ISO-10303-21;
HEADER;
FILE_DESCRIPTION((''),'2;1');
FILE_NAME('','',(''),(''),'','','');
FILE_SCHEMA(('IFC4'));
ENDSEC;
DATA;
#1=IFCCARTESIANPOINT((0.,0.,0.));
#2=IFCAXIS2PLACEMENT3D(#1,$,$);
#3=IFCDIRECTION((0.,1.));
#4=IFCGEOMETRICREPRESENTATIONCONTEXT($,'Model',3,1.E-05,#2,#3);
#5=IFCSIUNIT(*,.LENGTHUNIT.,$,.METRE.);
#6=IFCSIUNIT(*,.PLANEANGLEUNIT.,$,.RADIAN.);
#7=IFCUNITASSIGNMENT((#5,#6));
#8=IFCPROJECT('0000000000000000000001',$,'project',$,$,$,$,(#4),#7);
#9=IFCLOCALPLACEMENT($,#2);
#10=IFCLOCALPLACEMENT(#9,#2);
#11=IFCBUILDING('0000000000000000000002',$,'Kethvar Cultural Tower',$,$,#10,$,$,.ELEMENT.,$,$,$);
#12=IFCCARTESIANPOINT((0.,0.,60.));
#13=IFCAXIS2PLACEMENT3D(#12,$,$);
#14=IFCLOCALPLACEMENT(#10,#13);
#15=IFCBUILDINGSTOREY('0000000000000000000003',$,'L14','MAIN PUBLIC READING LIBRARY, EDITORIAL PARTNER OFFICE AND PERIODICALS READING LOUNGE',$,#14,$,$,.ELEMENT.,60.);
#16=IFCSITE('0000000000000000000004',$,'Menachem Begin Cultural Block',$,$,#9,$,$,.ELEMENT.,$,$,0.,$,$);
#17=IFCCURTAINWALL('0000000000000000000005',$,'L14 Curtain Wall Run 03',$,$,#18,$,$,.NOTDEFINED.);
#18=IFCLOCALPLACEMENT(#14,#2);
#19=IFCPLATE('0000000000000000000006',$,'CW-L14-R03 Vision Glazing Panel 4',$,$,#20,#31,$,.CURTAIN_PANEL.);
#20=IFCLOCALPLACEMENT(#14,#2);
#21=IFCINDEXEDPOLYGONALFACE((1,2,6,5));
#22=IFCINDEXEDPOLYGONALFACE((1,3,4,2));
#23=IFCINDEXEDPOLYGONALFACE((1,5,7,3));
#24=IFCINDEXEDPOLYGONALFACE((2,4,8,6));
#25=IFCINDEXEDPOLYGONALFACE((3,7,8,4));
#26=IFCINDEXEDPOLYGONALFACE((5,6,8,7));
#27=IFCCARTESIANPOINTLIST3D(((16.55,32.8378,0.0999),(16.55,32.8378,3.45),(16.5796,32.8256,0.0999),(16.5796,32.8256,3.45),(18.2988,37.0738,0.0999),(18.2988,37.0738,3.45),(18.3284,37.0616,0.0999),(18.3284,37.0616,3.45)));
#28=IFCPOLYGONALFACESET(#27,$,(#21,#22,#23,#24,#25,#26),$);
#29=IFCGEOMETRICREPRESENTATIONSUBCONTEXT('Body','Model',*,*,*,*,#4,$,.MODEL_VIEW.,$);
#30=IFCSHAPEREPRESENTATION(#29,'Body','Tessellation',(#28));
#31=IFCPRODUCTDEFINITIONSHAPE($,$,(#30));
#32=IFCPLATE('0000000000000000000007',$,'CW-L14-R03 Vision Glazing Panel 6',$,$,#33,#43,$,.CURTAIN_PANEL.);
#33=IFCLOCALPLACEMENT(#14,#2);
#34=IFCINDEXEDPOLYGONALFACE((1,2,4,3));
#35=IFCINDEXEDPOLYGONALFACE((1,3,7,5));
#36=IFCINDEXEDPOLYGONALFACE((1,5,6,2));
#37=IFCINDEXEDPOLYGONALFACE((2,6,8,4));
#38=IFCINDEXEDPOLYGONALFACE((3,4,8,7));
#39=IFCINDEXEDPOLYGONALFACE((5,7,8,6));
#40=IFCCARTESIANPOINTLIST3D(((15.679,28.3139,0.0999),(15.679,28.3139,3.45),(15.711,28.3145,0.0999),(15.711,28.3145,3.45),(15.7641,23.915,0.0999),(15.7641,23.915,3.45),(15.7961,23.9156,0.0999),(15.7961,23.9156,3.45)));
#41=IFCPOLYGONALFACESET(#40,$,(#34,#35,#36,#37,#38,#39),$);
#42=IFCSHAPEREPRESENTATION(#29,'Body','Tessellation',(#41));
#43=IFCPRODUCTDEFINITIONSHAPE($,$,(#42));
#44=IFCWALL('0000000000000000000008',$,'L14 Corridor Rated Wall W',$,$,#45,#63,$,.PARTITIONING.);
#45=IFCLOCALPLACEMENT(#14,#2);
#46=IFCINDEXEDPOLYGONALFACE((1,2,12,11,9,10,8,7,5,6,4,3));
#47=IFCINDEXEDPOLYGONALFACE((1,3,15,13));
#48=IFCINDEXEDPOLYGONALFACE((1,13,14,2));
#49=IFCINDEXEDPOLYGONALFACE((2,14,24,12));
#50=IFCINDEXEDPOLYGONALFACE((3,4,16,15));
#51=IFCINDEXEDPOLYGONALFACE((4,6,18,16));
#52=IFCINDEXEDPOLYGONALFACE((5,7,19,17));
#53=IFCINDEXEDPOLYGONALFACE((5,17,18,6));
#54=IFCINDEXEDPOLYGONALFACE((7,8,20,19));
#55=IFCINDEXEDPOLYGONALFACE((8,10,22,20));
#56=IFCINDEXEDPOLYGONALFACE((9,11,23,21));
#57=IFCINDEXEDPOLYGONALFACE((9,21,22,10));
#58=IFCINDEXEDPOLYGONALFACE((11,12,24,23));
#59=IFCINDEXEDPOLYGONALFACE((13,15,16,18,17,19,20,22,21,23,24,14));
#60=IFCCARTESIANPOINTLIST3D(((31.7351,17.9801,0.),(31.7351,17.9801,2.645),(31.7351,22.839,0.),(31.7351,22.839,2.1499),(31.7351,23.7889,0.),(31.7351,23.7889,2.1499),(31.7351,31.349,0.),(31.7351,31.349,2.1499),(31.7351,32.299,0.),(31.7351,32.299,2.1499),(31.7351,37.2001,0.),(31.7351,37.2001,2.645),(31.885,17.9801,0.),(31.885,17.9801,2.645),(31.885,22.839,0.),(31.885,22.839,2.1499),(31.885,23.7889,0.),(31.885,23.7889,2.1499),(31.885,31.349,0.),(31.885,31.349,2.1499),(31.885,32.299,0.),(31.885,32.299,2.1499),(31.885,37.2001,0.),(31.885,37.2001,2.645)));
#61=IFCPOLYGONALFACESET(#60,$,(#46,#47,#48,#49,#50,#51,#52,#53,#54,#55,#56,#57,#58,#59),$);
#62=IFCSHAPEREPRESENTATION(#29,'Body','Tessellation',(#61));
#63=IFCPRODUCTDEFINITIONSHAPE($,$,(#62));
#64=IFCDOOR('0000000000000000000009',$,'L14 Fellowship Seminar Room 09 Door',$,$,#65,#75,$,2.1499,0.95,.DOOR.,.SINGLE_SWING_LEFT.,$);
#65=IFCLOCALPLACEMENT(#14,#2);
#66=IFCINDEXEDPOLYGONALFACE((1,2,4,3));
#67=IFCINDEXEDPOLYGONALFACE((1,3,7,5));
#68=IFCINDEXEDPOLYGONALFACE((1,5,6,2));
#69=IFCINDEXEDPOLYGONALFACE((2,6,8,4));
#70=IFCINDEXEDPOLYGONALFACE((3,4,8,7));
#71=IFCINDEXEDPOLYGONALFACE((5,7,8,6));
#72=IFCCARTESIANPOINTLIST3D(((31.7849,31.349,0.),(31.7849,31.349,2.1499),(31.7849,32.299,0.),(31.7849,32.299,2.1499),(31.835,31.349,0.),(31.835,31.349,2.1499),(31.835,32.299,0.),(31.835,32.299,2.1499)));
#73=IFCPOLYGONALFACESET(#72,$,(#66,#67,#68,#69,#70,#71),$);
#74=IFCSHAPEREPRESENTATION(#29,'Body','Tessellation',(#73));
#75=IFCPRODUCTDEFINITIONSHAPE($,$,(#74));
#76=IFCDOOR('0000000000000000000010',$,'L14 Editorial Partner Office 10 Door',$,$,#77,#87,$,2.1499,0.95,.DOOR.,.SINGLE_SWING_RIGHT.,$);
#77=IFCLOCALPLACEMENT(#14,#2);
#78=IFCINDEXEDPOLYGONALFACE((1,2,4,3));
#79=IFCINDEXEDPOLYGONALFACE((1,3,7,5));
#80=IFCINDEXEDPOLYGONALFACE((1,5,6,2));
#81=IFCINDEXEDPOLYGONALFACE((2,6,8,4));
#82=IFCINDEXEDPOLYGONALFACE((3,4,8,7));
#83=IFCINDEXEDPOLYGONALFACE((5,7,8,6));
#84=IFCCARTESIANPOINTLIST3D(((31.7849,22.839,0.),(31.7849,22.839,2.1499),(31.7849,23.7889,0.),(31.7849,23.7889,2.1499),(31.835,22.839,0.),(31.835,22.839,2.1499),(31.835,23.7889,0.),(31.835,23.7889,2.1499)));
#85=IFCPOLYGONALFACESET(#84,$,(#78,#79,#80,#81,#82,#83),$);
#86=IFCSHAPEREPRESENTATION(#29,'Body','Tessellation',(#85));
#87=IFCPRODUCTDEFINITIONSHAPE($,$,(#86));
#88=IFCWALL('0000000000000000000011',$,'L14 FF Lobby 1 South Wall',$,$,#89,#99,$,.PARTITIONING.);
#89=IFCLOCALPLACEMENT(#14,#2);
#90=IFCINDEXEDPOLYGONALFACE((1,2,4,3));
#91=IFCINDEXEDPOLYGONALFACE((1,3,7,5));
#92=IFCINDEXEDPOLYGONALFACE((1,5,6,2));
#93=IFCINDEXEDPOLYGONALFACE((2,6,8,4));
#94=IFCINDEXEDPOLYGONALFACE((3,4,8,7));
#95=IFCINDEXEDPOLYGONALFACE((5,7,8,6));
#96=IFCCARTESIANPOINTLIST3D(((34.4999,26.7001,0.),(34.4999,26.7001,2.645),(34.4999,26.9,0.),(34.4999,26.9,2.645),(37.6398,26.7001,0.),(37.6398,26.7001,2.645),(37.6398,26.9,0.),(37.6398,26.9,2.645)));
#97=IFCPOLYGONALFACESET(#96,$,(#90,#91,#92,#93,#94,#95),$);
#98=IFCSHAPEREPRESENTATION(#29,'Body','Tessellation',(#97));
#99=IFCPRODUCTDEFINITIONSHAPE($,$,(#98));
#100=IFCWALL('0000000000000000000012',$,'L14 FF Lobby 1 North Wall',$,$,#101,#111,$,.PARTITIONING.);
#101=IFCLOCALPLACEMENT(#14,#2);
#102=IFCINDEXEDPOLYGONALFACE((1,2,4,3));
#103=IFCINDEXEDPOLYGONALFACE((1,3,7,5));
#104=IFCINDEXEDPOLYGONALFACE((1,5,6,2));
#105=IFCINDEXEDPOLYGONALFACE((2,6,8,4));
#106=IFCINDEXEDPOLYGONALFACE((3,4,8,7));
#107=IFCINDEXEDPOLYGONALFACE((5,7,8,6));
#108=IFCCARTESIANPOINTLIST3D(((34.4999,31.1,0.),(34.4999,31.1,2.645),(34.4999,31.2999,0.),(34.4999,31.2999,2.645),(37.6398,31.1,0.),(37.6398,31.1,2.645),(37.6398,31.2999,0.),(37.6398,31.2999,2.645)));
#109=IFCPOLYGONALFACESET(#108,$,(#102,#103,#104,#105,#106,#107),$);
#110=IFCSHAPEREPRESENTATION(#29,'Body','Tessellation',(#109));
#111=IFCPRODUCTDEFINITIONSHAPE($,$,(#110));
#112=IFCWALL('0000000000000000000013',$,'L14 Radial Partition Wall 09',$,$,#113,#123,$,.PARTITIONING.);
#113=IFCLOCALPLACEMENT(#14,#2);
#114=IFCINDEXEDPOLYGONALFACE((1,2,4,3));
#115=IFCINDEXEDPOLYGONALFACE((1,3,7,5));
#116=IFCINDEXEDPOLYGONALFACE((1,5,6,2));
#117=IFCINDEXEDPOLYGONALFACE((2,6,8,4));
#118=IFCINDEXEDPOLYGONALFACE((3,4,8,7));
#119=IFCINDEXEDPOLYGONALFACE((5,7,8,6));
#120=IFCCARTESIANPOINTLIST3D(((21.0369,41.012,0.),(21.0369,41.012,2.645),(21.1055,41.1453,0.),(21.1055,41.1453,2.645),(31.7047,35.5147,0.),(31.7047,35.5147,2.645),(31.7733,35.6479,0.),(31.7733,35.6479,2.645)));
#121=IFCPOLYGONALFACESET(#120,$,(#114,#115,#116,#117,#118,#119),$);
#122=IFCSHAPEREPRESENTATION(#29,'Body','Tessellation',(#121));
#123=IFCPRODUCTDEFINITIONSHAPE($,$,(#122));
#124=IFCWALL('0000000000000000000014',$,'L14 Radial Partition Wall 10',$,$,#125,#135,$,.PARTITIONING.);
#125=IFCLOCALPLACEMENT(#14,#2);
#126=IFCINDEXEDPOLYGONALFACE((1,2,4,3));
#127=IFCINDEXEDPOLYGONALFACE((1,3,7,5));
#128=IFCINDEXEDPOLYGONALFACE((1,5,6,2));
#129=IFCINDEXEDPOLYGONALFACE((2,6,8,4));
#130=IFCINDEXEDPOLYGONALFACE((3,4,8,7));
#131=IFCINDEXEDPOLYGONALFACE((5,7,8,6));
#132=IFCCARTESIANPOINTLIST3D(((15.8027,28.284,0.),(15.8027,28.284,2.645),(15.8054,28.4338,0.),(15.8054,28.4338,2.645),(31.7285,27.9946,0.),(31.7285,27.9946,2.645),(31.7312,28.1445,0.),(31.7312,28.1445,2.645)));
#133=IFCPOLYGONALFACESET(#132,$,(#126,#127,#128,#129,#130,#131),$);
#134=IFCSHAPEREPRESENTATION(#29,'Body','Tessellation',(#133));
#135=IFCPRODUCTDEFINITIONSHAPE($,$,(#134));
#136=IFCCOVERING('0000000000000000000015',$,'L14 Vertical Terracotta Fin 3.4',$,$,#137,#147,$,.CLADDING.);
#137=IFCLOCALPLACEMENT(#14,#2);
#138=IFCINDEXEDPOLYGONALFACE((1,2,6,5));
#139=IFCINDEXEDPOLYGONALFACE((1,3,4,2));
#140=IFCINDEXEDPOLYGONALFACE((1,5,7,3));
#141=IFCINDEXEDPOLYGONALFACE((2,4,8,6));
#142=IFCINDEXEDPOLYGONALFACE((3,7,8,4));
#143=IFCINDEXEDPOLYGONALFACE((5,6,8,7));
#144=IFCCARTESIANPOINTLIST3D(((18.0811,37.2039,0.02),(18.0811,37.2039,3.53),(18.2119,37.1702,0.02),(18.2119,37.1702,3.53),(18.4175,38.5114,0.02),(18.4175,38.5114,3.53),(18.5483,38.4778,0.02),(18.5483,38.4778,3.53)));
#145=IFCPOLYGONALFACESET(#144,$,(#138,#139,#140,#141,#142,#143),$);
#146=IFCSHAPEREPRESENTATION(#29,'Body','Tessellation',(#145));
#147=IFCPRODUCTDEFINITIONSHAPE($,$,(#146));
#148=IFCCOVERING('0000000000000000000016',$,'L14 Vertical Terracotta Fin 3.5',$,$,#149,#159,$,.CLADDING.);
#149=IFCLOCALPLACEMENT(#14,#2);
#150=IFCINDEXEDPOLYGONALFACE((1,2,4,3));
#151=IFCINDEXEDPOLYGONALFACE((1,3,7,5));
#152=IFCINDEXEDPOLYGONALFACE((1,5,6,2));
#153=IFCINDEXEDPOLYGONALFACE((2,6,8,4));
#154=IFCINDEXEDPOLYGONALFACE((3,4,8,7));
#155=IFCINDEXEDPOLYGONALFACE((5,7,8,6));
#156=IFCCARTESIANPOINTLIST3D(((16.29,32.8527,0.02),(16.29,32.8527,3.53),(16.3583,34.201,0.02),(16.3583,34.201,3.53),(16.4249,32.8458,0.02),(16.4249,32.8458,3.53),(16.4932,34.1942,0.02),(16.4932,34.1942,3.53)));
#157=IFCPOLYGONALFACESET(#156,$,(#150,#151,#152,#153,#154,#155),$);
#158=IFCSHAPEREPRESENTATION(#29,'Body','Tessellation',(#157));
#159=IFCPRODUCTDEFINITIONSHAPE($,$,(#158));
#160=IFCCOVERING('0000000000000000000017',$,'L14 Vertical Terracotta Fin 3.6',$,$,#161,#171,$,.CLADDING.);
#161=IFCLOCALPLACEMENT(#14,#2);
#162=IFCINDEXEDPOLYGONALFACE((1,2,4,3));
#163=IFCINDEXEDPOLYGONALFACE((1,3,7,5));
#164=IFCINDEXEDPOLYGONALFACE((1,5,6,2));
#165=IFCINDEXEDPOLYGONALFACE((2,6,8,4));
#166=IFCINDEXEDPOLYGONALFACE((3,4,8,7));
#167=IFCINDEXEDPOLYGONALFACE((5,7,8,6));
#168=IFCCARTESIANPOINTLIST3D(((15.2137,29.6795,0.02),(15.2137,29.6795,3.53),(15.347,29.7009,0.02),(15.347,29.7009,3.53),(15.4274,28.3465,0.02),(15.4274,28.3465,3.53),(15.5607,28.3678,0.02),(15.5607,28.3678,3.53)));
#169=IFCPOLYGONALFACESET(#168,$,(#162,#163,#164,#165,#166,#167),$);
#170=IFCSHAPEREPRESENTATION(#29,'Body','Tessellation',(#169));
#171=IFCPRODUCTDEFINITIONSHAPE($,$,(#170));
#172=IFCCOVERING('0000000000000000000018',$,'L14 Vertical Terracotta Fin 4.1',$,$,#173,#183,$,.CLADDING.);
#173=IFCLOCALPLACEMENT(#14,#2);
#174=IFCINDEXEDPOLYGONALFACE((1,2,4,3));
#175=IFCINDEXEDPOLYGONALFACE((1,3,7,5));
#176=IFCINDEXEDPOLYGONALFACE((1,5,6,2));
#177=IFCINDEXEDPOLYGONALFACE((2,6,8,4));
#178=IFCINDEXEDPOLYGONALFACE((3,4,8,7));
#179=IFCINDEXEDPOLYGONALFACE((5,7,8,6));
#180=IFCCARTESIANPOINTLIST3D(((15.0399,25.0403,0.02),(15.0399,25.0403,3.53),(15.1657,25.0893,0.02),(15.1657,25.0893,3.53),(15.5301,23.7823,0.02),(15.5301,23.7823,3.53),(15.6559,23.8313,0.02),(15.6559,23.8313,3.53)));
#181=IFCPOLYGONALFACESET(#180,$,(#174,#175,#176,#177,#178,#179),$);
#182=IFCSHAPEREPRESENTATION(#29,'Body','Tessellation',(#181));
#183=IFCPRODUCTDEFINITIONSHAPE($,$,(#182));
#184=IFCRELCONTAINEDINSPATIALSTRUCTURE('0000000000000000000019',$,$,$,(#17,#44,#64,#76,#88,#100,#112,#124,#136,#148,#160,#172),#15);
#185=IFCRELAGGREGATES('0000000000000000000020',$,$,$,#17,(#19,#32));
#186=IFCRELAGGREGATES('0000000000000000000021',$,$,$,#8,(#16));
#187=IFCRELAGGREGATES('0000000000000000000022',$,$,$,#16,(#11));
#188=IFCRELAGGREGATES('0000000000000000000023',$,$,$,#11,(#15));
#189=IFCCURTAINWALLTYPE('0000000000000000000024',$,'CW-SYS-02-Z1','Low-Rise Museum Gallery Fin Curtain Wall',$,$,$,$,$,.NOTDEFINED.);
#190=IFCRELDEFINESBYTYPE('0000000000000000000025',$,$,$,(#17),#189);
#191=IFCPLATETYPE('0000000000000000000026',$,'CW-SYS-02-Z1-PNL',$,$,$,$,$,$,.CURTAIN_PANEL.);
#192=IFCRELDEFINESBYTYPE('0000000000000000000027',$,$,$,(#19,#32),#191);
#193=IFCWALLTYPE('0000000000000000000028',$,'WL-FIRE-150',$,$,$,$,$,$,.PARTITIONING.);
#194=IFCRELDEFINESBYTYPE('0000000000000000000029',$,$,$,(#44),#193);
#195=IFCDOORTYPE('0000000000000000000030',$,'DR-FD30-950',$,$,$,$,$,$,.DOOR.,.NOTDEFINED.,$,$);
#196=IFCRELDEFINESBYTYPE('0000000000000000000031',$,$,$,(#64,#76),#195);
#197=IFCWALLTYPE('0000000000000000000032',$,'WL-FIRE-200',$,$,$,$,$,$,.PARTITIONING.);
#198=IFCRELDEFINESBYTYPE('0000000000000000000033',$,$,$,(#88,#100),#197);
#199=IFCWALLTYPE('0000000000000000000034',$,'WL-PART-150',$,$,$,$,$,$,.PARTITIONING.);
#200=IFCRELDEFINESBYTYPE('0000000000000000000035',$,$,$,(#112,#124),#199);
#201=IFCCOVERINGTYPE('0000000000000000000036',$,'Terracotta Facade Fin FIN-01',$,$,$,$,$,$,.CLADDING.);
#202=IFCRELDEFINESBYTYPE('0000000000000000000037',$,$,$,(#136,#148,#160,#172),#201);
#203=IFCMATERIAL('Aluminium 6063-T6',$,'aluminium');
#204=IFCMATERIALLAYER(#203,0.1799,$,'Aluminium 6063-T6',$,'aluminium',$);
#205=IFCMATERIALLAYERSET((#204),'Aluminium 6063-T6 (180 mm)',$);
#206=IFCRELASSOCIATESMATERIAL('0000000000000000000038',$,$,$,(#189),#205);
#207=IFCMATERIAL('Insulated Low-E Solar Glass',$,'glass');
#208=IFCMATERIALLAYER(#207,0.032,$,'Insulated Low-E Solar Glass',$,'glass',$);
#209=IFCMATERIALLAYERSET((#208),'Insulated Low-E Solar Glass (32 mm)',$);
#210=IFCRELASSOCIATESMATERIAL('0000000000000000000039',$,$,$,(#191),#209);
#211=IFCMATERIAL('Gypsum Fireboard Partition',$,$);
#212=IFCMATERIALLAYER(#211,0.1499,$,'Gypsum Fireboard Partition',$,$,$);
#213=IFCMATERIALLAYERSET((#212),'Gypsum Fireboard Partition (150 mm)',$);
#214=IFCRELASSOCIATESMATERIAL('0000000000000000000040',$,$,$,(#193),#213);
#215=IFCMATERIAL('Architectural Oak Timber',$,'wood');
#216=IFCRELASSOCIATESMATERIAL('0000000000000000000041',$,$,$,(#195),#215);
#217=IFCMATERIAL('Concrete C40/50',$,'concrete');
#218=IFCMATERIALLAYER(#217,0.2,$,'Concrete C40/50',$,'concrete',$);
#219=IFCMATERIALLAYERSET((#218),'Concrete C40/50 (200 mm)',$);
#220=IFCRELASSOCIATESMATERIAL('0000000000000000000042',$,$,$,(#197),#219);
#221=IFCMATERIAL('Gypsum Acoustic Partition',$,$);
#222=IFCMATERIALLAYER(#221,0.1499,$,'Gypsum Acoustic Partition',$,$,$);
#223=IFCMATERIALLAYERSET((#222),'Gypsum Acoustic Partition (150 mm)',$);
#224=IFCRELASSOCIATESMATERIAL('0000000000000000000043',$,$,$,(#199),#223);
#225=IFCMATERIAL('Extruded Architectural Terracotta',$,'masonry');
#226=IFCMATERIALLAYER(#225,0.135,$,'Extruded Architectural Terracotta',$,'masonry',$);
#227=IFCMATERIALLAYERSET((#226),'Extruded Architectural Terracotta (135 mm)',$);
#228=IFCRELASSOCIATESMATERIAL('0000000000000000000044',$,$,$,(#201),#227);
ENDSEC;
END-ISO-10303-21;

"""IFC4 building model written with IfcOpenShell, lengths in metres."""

from ifc_helpers import new_model, si_unit, direction, frame, frame_2d, origin, origin_2d, place, context, subcontext, project, spatial, rectangle, extrude, source, transform, mapped, material, layer, layer_set, type_object, element, fill, aggregate, save


model = new_model("IFC4")

# Units and contexts
model_context = context("Model", 3, precision=1e-05, world=origin(), true_north=direction((0.0, 1.0)))
body_context = subcontext(model_context, "Body", "Model", "MODEL_VIEW")
ifc_project = project(units=[si_unit("LENGTHUNIT", "METRE"), si_unit("PLANEANGLEUNIT", "RADIAN")], contexts=[model_context])

# Site, building, storey
site_placement = place(None, origin())
site = spatial("IfcSite", under=ifc_project, at=site_placement, Name="Menachem Begin Cultural Block", CompositionType="ELEMENT", RefElevation=0.0)
building_placement = place(site_placement, origin())
building = spatial("IfcBuilding", under=site, at=building_placement, Name="Kethvar Cultural Tower", CompositionType="ELEMENT")
storey_placement = place(building_placement, frame((0.0, 0.0, 60.0)))
storey = spatial("IfcBuildingStorey", under=building, at=storey_placement, Name="L14", Description="MAIN PUBLIC READING LIBRARY, EDITORIAL PARTNER OFFICE AND PERIODICALS READING LOUNGE", CompositionType="ELEMENT", Elevation=60.0)

# Curtain wall, plates
ifc_material_1 = material(Name="Aluminium 6063-T6", Category="aluminium")
ifc_layer_1 = layer(ifc_material_1, 0.1799, Name="Aluminium 6063-T6", Category="aluminium")
ifc_layer_set_1 = layer_set([ifc_layer_1], Name="Aluminium 6063-T6 (180 mm)")
curtain_wall_type = type_object("IfcCurtainWallType", Name="CW-SYS-02-Z1", Description="Low-Rise Museum Gallery Fin Curtain Wall", PredefinedType="NOTDEFINED", material=ifc_layer_set_1)
curtain_wall_placement = place(storey_placement, origin())
curtain_wall = element("IfcCurtainWall", 1, at=curtain_wall_placement, inside=storey, type_object=curtain_wall_type, Name="L14 Curtain Wall Run 03", PredefinedType="NOTDEFINED")
ifc_material_2 = material(Name="Insulated Low-E Solar Glass", Category="glass")
ifc_layer_2 = layer(ifc_material_2, 0.032, Name="Insulated Low-E Solar Glass", Category="glass")
ifc_layer_set_2 = layer_set([ifc_layer_2], Name="Insulated Low-E Solar Glass (32 mm)")
plate_type = type_object("IfcPlateType", Name="CW-SYS-02-Z1-PNL", PredefinedType="CURTAIN_PANEL", material=ifc_layer_set_2)
shared_shape_1 = source(origin(), body_context, "Body", "SweptSolid", [
    extrude(rectangle(XDim=4.5828, YDim=0.032, at=origin_2d()), origin(), (0.0, 0.0, 1.0), 3.3501),
])
plate_1_placement = place(storey_placement, frame((17.4392, 34.9497, 0.0999), z_axis=(0.0, 0.0, 1.0), x_axis=(-0.381603, -0.924326, 0.0)))
plate_1 = element("IfcPlate", 2, at=plate_1_placement, type_object=plate_type, Name="CW-L14-R03 Vision Glazing Panel 4", PredefinedType="CURTAIN_PANEL", context=body_context, shape_type="MappedRepresentation", body=[
    mapped(shared_shape_1, transform((0.0, 0.0, 0.0), scale=1.0)),
])
shared_shape_2 = source(origin(), body_context, "Body", "SweptSolid", [
    extrude(rectangle(XDim=4.3997, YDim=0.032, at=origin_2d()), origin(), (0.0, 0.0, 1.0), 3.3501),
])
plate_2_placement = place(storey_placement, frame((15.7375, 26.1147, 0.0999), z_axis=(0.0, 0.0, 1.0), x_axis=(0.019337, -0.999813, 0.0)))
plate_2 = element("IfcPlate", 3, at=plate_2_placement, type_object=plate_type, Name="CW-L14-R03 Vision Glazing Panel 6", PredefinedType="CURTAIN_PANEL", context=body_context, shape_type="MappedRepresentation", body=[
    mapped(shared_shape_2, transform((0.0, 0.0, 0.0), scale=1.0)),
])
aggregate(curtain_wall, [plate_1, plate_2])

# Wall, openings, doors
ifc_material_3 = material(Name="Gypsum Fireboard Partition")
ifc_layer_3 = layer(ifc_material_3, 0.1499, Name="Gypsum Fireboard Partition")
ifc_layer_set_3 = layer_set([ifc_layer_3], Name="Gypsum Fireboard Partition (150 mm)")
wall_type_1 = type_object("IfcWallType", Name="WL-FIRE-150", PredefinedType="PARTITIONING", material=ifc_layer_set_3)
wall_1_placement = place(storey_placement, frame((31.8101, 37.2, 0.0), z_axis=(0.0, 0.0, 1.0), x_axis=(0.0, -1.0, 0.0)))
wall_1 = element("IfcWall", 4, at=wall_1_placement, inside=storey, type_object=wall_type_1, Name="L14 Corridor Rated Wall W", PredefinedType="PARTITIONING", context=body_context, shape_type="SweptSolid", body=[
    extrude(rectangle(XDim=19.22, YDim=0.1499, at=frame_2d((9.6099, 0.0))), origin(), (0.0, 0.0, 1.0), 2.645),
])
opening_1_placement = place(wall_1_placement, frame((4.9009, 0.0, 0.0)))
opening_1 = element("IfcOpeningElement", 5, at=opening_1_placement, cuts=wall_1, PredefinedType="OPENING", context=body_context, shape_type="SweptSolid", body=[
    extrude(rectangle(XDim=0.95, YDim=2.1499, at=frame_2d((0.4751, 1.075))), frame((0.0, 0.085, 0.0), z_axis=(0.0, -1.0, 0.0), x_axis=(1.0, 0.0, 0.0)), (0.0, 0.0, 1.0), 0.1699),
])
opening_2_placement = place(wall_1_placement, frame((13.4109, 0.0, 0.0)))
opening_2 = element("IfcOpeningElement", 6, at=opening_2_placement, cuts=wall_1, PredefinedType="OPENING", context=body_context, shape_type="SweptSolid", body=[
    extrude(rectangle(XDim=0.95, YDim=2.1499, at=frame_2d((0.4751, 1.075))), frame((0.0, 0.085, 0.0), z_axis=(0.0, -1.0, 0.0), x_axis=(1.0, 0.0, 0.0)), (0.0, 0.0, 1.0), 0.1699),
])
ifc_material_4 = material(Name="Architectural Oak Timber", Category="wood")
door_type_1 = type_object("IfcDoorType", Name="DR-FD30-950", OperationType="NOTDEFINED", PredefinedType="DOOR", material=ifc_material_4)
shared_shape_3 = source(origin(), body_context, "Body", "SweptSolid", [
    extrude(rectangle(XDim=0.95, YDim=2.1499, at=frame_2d((0.4751, 1.075))), frame((0.0, 0.0249, 0.0), z_axis=(0.0, -1.0, 0.0), x_axis=(1.0, 0.0, 0.0)), (0.0, 0.0, 1.0), 0.05),
])
door_1_placement = place(opening_1_placement, origin())
door_1 = element("IfcDoor", 7, at=door_1_placement, inside=storey, type_object=door_type_1, Name="L14 Fellowship Seminar Room 09 Door", OperationType="SINGLE_SWING_LEFT", OverallHeight=2.1499, OverallWidth=0.95, PredefinedType="DOOR", context=body_context, shape_type="MappedRepresentation", body=[
    mapped(shared_shape_3, transform((0.0, 0.0, 0.0), scale=1.0)),
])
fill(opening_1, door_1)
door_2_placement = place(opening_2_placement, origin())
door_2 = element("IfcDoor", 8, at=door_2_placement, inside=storey, type_object=door_type_1, Name="L14 Editorial Partner Office 10 Door", OperationType="SINGLE_SWING_RIGHT", OverallHeight=2.1499, OverallWidth=0.95, PredefinedType="DOOR", context=body_context, shape_type="MappedRepresentation", body=[
    mapped(shared_shape_3, transform((0.0, 0.0, 0.0), scale=1.0)),
])
fill(opening_2, door_2)

# Shared definitions
ifc_material_5 = material(Name="Concrete C40/50", Category="concrete")
ifc_layer_4 = layer(ifc_material_5, 0.2, Name="Concrete C40/50", Category="concrete")
ifc_layer_set_4 = layer_set([ifc_layer_4], Name="Concrete C40/50 (200 mm)")
wall_type_2 = type_object("IfcWallType", Name="WL-FIRE-200", PredefinedType="PARTITIONING", material=ifc_layer_set_4)

# Walls
for number, where, z_axis, x_axis, name in (
    (9, (34.5, 26.8, 0.0), (0.0, 0.0, 1.0), (1.0, 0.0, 0.0), "L14 FF Lobby 1 South Wall"),
    (10, (34.5, 31.2, 0.0), (0.0, 0.0, 1.0), (1.0, 0.0, 0.0), "L14 FF Lobby 1 North Wall"),
):
    element("IfcWall", number, at=place(storey_placement, frame(where, z_axis=z_axis, x_axis=x_axis)), inside=storey, type_object=wall_type_2, Name=name, PredefinedType="PARTITIONING", context=body_context, shape_type="SweptSolid", body=[
        extrude(rectangle(XDim=3.1399, YDim=0.2, at=frame_2d((1.5698, 0.0))), origin(), (0.0, 0.0, 1.0), 2.645),
    ])
ifc_material_6 = material(Name="Gypsum Acoustic Partition")
ifc_layer_5 = layer(ifc_material_6, 0.1499, Name="Gypsum Acoustic Partition")
ifc_layer_set_5 = layer_set([ifc_layer_5], Name="Gypsum Acoustic Partition (150 mm)")
wall_type_3 = type_object("IfcWallType", Name="WL-PART-150", PredefinedType="PARTITIONING", material=ifc_layer_set_5)
wall_2_placement = place(storey_placement, frame((31.739, 35.5813, 0.0), z_axis=(0.0, 0.0, 1.0), x_axis=(-0.888913, 0.458076, 0.0)))
element("IfcWall", 11, at=wall_2_placement, inside=storey, type_object=wall_type_3, Name="L14 Radial Partition Wall 09", PredefinedType="PARTITIONING", context=body_context, shape_type="SweptSolid", body=[
    extrude(rectangle(XDim=12.001, YDim=0.1499, at=frame_2d((6.0005, 0.0))), origin(), (0.0, 0.0, 1.0), 2.645),
])
wall_3_placement = place(storey_placement, frame((31.73, 28.0696, 0.0), z_axis=(0.0, 0.0, 1.0), x_axis=(-0.999835, 0.018163, 0.0)))
element("IfcWall", 12, at=wall_3_placement, inside=storey, type_object=wall_type_3, Name="L14 Radial Partition Wall 10", PredefinedType="PARTITIONING", context=body_context, shape_type="SweptSolid", body=[
    extrude(rectangle(XDim=15.9285, YDim=0.1499, at=frame_2d((7.9644, 0.0))), origin(), (0.0, 0.0, 1.0), 2.645),
])

# Coverings
ifc_material_7 = material(Name="Extruded Architectural Terracotta", Category="masonry")
ifc_layer_6 = layer(ifc_material_7, 0.135, Name="Extruded Architectural Terracotta", Category="masonry")
ifc_layer_set_6 = layer_set([ifc_layer_6], Name="Extruded Architectural Terracotta (135 mm)")
covering_type = type_object("IfcCoveringType", Name="Terracotta Facade Fin FIN-01", PredefinedType="CLADDING", material=ifc_layer_set_6)
shared_shape_4 = source(origin(), body_context, "Body", "SweptSolid", [
    extrude(rectangle(XDim=1.3501, YDim=0.135, at=origin_2d()), origin(), (0.0, 0.0, 1.0), 3.51),
])
for number, where, z_axis, x_axis, name in (
    (13, (18.3147, 37.8408, 0.02), (0.0, 0.0, 1.0), (0.249197, 0.968453, 0.0), "L14 Vertical Terracotta Fin 3.4"),
    (14, (16.3916, 33.5234, 0.02), (0.0, 0.0, 1.0), (0.050593, 0.998719, 0.0), "L14 Vertical Terracotta Fin 3.5"),
    (15, (15.3872, 29.0237, 0.02), (0.0, 0.0, 1.0), (-0.15833, 0.987386, 0.0), "L14 Vertical Terracotta Fin 3.6"),
    (16, (15.3479, 24.4358, 0.02), (0.0, 0.0, 1.0), (-0.363089, 0.931755, 0.0), "L14 Vertical Terracotta Fin 4.1"),
):
    element("IfcCovering", number, at=place(storey_placement, frame(where, z_axis=z_axis, x_axis=x_axis)), inside=storey, type_object=covering_type, Name=name, PredefinedType="CLADDING", context=body_context, shape_type="MappedRepresentation", body=[
        mapped(shared_shape_4, transform((0.0, 0.0, 0.0), scale=1.0)),
    ])

save(model, "model.ifc")
